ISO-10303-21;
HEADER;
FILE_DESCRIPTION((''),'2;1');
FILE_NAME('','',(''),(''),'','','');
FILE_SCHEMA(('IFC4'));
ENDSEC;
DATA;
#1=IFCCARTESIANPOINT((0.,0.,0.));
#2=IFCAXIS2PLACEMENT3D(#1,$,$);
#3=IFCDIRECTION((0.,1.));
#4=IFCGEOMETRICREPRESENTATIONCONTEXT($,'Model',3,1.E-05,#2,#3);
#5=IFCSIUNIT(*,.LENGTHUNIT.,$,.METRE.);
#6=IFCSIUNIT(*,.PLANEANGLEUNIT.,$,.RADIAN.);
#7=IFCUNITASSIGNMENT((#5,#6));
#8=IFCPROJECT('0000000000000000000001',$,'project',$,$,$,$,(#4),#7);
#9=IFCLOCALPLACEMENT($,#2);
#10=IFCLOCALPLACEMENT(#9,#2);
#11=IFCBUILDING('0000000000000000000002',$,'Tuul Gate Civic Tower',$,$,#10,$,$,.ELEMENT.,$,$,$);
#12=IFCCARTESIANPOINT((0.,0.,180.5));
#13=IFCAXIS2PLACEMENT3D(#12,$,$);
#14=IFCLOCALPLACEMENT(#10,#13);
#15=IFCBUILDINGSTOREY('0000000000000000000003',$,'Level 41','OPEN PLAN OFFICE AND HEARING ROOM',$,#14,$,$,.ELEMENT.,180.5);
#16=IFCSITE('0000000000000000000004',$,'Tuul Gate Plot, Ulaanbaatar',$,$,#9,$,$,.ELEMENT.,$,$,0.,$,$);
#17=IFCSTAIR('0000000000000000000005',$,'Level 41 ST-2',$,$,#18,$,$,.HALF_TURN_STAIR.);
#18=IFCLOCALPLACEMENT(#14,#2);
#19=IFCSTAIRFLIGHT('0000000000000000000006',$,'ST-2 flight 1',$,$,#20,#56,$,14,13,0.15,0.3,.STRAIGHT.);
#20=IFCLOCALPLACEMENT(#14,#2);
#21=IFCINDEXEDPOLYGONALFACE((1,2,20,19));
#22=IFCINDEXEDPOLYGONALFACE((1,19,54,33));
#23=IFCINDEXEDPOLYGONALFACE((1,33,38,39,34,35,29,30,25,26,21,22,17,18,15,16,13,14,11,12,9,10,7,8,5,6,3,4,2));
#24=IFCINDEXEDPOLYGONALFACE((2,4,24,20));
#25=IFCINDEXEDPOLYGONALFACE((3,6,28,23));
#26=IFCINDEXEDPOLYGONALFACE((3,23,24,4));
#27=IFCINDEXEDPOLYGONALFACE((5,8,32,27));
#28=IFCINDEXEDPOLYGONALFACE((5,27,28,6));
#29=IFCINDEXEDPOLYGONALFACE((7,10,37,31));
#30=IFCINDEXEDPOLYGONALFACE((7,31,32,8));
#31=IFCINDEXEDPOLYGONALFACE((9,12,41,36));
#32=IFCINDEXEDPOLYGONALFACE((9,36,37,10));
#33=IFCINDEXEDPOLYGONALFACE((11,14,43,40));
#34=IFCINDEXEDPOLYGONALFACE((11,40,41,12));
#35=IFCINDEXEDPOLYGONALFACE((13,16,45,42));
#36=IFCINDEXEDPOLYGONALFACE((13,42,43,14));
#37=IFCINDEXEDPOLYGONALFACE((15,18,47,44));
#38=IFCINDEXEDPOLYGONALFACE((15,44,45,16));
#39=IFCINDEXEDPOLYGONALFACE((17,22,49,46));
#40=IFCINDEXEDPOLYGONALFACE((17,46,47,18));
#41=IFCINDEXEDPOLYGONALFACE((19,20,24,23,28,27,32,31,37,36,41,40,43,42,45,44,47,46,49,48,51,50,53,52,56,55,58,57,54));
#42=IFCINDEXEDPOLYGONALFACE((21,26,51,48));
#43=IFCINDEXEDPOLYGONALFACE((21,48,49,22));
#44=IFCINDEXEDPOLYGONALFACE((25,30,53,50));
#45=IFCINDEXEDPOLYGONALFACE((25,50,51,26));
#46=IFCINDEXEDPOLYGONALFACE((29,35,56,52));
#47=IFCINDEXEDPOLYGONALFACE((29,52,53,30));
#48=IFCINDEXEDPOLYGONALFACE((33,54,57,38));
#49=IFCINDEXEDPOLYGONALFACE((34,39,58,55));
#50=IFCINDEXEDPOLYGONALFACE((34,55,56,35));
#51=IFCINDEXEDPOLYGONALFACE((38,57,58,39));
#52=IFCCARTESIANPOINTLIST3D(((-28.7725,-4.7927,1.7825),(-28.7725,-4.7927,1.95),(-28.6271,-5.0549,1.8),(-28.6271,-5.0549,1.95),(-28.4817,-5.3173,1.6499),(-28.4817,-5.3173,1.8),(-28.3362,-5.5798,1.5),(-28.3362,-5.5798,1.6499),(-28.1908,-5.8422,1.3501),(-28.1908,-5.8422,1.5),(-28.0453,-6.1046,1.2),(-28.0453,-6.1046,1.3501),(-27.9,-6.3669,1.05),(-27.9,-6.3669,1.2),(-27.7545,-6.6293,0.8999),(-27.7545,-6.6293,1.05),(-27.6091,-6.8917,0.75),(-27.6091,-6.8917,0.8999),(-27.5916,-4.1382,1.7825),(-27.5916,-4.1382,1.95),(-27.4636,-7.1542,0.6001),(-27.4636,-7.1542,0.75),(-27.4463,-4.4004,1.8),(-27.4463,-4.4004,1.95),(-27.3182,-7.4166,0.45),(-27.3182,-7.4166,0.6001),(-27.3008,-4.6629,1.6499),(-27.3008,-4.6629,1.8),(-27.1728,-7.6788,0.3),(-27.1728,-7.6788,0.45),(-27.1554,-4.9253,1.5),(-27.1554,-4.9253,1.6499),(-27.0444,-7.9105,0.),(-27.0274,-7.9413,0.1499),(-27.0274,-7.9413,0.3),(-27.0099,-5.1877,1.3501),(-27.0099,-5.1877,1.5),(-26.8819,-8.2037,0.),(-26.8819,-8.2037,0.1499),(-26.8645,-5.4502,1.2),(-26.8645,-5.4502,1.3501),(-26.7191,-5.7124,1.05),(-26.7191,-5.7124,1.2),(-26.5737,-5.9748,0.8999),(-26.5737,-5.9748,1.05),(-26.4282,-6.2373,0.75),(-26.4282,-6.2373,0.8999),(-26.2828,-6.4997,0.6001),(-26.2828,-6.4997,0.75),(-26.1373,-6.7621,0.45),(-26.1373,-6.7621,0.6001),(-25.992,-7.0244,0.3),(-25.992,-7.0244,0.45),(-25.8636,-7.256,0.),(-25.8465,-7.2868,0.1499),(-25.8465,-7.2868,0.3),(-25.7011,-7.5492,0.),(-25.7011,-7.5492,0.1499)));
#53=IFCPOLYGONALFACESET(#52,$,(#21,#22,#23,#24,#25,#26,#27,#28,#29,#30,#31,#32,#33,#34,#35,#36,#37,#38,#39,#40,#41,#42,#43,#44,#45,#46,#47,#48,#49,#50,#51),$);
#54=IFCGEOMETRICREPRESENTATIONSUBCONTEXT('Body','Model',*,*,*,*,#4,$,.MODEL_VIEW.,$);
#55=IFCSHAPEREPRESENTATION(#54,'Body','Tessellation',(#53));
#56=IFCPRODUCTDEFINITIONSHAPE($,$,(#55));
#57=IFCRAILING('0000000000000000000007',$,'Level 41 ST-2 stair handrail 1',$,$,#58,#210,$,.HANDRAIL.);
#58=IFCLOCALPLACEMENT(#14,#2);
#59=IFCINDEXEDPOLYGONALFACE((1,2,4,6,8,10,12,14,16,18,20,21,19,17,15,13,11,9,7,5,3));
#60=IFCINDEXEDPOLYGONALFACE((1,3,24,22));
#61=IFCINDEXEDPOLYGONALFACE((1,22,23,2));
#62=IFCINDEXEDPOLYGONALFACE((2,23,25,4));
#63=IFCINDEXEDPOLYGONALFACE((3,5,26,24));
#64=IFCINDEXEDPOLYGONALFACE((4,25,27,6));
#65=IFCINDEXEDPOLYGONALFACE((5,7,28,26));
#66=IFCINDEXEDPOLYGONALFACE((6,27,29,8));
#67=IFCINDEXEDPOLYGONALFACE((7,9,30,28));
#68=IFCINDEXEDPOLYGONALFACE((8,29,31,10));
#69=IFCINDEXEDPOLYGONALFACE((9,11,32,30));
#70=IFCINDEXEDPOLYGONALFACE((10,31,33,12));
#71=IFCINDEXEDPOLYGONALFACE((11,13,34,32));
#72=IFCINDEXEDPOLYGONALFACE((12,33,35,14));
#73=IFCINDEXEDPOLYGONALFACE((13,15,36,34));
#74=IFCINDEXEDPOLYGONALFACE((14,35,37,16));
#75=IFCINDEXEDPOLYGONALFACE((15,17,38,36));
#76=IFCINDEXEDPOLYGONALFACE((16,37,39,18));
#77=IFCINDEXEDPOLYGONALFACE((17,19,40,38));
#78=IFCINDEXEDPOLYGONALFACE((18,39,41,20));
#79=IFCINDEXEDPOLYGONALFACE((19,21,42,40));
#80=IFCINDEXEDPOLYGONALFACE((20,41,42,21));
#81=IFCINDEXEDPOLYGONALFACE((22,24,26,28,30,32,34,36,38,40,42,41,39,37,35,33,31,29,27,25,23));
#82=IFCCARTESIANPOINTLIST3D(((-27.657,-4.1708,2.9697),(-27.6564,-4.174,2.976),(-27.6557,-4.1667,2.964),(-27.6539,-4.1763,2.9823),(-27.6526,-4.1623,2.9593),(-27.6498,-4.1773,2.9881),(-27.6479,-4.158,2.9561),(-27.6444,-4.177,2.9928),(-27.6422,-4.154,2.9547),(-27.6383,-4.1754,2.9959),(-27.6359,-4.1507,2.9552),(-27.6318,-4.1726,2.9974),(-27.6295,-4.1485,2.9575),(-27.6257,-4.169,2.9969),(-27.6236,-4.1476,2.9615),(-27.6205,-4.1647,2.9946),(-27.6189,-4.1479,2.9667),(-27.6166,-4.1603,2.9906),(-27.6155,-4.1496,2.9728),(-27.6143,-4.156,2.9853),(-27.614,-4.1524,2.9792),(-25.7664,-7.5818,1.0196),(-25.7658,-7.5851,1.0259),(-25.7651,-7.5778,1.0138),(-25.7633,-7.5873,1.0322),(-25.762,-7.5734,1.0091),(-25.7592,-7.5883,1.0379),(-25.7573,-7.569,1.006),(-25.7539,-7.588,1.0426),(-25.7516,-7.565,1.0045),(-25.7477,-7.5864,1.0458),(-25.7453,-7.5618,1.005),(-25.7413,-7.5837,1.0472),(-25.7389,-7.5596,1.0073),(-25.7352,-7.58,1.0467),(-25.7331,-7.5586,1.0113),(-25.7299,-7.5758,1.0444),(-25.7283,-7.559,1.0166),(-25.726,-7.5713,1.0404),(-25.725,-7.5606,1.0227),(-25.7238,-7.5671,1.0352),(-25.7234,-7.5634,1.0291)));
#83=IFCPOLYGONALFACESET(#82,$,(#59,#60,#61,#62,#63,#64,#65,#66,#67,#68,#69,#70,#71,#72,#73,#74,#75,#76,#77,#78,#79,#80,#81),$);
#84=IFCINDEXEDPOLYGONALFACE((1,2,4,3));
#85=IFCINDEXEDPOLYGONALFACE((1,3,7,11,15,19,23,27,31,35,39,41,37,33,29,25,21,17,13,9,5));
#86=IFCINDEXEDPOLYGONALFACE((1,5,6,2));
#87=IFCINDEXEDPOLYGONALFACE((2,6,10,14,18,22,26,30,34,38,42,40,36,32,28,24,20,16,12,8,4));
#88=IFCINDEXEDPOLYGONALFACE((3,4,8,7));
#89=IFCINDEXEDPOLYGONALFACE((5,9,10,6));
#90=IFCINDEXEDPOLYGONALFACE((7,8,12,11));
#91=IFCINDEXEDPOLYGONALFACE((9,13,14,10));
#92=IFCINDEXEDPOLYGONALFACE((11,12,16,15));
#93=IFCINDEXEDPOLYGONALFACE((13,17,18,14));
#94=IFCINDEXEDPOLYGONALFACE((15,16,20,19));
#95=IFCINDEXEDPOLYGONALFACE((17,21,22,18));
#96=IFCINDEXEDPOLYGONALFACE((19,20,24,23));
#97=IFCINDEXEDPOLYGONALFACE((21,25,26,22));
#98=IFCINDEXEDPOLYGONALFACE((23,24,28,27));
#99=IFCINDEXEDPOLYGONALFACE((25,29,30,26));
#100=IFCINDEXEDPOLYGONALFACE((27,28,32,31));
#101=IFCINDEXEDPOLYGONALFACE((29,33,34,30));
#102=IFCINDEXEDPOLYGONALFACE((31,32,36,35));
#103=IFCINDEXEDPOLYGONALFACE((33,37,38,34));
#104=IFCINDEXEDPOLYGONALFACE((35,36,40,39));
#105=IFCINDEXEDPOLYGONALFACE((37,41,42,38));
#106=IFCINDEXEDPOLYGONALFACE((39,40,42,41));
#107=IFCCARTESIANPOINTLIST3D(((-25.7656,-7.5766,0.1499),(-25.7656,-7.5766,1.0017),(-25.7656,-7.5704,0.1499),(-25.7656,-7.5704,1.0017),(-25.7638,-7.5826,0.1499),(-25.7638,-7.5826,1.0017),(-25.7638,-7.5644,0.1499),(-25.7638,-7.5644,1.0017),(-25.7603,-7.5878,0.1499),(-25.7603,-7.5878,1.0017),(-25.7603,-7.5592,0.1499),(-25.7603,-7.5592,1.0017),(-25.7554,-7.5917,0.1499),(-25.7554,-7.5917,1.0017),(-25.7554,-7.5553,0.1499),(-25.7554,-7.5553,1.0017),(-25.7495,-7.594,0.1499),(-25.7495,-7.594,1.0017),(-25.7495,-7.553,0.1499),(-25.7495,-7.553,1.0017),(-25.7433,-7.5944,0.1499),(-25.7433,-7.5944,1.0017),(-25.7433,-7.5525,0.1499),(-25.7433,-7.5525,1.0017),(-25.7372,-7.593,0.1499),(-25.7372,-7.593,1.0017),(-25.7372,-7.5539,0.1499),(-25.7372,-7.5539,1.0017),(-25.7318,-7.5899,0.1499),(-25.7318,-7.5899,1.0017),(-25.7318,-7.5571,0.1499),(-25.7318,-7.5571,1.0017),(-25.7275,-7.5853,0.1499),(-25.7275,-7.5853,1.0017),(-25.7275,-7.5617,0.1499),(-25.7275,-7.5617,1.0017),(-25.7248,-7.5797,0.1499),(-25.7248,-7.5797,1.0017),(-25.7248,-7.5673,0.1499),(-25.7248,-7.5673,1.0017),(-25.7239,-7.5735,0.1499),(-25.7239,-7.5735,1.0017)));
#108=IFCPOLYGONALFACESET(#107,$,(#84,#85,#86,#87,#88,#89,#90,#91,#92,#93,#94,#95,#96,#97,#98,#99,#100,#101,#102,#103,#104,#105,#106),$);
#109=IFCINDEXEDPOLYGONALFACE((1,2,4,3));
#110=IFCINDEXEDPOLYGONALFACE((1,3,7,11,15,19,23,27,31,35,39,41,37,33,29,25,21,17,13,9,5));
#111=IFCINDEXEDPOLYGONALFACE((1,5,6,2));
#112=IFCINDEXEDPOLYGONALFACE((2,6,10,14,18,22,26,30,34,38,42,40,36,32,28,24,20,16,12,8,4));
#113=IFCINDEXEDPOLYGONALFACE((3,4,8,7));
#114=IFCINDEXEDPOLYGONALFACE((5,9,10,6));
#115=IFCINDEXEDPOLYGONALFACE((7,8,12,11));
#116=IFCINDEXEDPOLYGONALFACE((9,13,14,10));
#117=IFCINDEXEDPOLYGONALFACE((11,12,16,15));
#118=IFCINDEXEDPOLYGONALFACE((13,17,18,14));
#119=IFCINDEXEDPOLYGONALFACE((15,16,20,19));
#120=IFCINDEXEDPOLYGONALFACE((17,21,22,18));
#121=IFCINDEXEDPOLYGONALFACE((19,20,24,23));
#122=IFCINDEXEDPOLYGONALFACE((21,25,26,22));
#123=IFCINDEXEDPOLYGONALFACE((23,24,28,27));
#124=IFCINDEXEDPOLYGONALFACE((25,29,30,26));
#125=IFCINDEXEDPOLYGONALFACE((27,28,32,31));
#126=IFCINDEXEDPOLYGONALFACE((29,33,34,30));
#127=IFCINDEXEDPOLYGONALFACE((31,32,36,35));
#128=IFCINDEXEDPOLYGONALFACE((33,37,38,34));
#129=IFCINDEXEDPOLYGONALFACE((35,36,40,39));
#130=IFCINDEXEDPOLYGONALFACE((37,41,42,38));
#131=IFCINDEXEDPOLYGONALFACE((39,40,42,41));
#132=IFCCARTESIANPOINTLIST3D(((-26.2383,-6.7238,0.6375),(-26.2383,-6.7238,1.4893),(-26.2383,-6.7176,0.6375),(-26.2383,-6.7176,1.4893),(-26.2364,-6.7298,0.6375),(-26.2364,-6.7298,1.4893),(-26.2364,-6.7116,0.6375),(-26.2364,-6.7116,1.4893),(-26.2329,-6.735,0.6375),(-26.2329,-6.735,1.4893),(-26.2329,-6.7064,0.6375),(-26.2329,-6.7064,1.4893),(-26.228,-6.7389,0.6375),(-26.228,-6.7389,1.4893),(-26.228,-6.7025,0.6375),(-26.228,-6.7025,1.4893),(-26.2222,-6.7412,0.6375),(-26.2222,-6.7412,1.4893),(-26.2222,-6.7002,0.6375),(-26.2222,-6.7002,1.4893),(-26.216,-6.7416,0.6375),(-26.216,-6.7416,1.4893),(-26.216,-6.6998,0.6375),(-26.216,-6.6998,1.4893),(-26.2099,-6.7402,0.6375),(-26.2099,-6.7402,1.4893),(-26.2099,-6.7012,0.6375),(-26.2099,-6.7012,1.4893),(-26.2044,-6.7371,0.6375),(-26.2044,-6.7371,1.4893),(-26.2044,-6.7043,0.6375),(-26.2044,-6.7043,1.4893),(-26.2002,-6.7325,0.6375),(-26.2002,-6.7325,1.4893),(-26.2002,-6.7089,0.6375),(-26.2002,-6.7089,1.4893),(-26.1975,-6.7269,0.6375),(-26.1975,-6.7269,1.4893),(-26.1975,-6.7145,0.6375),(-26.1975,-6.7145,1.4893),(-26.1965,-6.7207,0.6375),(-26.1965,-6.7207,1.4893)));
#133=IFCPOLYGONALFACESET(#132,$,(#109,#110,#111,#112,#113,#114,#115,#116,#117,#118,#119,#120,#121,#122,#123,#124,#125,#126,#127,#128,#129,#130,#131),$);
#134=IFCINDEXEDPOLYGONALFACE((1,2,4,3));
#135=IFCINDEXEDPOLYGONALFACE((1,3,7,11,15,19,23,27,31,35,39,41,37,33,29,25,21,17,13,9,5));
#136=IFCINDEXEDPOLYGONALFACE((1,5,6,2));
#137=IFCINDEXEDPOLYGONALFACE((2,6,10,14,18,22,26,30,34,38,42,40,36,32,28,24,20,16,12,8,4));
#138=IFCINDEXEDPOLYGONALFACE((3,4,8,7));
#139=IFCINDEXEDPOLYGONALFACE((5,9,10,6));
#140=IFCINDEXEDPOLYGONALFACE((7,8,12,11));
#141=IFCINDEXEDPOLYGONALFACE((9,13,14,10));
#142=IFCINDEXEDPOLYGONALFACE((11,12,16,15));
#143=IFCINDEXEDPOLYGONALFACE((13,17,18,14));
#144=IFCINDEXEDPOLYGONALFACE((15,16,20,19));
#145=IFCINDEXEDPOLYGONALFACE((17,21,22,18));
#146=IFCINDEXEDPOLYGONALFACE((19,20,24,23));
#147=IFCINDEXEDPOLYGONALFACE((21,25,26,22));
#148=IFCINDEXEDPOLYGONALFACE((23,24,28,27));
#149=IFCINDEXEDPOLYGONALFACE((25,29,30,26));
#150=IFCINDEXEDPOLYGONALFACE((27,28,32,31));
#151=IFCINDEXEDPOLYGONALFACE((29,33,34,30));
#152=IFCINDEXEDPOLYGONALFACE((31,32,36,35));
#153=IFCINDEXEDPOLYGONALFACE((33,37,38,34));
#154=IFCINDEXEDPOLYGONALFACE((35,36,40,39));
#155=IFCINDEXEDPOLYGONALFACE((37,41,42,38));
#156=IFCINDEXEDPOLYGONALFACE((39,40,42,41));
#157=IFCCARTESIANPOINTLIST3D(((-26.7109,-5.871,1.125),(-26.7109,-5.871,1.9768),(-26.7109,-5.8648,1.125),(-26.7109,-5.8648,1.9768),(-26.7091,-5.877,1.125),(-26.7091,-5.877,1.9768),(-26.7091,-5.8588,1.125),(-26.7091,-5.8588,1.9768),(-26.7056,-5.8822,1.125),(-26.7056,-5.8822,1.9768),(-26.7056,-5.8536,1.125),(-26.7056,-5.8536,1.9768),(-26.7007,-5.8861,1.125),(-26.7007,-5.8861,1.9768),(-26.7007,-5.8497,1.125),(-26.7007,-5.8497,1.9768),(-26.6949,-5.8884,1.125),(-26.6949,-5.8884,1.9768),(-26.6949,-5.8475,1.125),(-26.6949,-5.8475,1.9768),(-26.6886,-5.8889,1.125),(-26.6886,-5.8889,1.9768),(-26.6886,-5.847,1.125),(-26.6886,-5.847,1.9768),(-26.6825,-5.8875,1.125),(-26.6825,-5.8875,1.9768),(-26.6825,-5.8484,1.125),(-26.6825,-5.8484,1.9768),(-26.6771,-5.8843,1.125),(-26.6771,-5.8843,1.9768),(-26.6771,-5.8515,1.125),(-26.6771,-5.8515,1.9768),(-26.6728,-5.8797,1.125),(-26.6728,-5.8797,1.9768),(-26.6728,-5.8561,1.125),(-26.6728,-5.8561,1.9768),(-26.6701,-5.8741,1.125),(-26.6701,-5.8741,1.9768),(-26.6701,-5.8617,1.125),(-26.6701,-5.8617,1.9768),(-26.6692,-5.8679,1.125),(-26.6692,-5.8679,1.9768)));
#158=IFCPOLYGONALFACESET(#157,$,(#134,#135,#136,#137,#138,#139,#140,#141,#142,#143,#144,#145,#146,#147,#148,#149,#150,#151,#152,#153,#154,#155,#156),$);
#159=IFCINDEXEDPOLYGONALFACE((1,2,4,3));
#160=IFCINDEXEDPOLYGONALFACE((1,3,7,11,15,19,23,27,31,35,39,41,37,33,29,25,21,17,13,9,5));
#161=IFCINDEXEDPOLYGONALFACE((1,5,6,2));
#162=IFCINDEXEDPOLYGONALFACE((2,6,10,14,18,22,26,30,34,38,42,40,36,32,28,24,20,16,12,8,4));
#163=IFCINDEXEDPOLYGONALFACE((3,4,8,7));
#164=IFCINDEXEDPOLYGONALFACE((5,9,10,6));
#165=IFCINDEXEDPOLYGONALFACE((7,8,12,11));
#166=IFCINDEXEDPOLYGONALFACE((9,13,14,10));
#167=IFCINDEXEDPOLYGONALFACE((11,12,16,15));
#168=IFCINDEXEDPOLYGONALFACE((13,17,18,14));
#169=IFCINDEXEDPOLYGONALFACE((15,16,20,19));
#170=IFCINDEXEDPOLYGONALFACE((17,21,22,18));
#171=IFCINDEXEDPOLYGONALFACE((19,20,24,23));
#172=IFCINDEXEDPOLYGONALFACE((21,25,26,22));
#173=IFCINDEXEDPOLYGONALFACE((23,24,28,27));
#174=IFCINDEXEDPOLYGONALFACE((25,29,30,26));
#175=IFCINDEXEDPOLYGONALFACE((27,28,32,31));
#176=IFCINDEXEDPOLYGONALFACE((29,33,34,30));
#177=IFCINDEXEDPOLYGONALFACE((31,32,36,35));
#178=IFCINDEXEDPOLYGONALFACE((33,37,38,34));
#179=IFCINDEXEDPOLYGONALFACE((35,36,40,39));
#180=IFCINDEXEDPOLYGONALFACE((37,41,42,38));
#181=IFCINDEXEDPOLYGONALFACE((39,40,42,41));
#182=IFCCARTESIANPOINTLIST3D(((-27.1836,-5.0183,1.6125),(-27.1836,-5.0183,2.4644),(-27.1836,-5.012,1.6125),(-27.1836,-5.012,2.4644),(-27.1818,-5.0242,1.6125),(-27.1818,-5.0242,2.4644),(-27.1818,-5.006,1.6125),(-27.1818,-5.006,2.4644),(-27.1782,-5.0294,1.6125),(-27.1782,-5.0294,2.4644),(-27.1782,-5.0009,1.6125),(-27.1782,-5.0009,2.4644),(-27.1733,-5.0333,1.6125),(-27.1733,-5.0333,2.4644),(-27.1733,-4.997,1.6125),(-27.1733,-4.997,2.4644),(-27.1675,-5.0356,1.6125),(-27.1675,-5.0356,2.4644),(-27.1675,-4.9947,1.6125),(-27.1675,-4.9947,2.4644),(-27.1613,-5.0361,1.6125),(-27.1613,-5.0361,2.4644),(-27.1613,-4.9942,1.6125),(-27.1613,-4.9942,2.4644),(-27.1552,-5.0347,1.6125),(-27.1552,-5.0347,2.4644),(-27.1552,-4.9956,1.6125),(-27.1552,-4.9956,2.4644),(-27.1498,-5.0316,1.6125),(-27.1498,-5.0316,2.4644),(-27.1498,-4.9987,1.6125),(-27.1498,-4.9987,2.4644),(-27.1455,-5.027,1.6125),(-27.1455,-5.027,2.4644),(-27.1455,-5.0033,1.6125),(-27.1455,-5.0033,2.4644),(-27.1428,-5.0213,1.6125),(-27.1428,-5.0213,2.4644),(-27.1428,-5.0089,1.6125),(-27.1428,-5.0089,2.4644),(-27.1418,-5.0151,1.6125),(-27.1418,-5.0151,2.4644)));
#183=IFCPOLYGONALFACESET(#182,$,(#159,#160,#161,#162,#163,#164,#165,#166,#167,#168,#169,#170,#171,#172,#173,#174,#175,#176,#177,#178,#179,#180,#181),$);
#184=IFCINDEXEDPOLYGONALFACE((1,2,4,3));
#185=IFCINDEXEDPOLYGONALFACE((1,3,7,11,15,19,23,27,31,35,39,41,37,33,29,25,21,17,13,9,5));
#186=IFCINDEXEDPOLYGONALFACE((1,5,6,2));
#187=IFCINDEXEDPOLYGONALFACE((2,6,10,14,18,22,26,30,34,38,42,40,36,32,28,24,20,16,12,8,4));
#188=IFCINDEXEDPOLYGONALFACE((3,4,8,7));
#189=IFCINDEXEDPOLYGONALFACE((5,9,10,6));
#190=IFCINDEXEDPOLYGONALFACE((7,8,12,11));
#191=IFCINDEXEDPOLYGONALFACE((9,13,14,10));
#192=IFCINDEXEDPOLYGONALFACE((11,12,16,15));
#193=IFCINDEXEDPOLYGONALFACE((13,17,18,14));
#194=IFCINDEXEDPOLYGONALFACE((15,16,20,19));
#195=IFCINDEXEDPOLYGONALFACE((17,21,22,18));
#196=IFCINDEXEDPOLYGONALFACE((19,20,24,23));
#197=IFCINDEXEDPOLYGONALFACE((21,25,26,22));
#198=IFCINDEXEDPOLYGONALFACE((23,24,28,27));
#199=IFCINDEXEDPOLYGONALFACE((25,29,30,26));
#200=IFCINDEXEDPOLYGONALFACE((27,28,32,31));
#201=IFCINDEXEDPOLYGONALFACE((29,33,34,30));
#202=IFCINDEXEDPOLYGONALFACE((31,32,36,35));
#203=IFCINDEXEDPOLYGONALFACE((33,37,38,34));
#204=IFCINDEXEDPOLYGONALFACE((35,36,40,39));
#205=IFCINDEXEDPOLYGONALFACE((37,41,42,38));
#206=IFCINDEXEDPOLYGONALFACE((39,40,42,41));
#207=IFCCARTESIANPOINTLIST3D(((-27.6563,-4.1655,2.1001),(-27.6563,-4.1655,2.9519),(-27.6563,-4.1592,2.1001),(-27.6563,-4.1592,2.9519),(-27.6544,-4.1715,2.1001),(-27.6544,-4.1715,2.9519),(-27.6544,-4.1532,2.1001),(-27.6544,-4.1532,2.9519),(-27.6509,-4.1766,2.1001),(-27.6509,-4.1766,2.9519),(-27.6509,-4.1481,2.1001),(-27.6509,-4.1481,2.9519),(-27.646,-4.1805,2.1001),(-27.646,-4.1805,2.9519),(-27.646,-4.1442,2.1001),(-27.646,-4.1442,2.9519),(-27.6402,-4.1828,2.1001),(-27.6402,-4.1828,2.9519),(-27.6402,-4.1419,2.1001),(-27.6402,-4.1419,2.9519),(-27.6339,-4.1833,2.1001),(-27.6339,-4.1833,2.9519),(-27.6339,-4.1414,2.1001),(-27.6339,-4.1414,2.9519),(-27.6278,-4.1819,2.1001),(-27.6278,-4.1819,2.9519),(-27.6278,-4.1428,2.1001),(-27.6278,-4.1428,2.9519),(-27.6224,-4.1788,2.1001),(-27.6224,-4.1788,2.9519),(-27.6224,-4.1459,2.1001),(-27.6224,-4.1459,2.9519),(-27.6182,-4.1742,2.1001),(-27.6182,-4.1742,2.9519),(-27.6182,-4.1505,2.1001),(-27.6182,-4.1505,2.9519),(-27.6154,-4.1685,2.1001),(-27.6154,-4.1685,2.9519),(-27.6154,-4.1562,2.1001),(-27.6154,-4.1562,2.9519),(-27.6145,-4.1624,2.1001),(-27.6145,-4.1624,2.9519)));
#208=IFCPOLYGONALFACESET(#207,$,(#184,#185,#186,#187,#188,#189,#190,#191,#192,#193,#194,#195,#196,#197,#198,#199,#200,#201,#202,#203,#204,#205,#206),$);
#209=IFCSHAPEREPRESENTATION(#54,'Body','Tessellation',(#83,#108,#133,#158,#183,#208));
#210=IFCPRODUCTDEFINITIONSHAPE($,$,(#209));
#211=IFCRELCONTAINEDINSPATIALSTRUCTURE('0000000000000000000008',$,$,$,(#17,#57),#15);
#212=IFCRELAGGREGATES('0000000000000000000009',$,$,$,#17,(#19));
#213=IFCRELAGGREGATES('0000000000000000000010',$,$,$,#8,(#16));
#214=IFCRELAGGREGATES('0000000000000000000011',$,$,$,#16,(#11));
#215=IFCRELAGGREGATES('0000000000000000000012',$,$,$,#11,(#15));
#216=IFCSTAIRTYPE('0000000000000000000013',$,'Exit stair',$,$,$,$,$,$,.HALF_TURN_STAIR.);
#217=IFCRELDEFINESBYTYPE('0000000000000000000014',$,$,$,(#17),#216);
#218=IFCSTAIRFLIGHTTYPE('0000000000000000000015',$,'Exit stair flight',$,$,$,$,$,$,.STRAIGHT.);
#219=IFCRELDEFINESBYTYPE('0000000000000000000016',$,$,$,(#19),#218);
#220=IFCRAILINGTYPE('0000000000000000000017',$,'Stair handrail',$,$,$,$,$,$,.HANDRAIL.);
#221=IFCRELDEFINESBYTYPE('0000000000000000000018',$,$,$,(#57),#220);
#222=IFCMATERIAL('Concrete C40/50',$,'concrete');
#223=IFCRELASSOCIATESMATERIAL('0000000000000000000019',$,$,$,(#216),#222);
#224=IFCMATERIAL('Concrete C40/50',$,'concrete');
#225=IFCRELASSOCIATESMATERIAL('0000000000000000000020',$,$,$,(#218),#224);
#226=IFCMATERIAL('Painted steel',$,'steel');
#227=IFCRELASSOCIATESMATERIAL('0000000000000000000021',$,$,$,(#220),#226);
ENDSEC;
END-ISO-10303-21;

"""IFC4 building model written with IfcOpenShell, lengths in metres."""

from ifc_helpers import new_model, si_unit, direction, frame, origin, origin_2d, place, context, subcontext, project, spatial, polyline, circle, outline, extrude, material, type_object, element, aggregate, save


model = new_model("IFC4")

# Units and contexts
model_context = context("Model", 3, precision=1e-05, world=origin(), true_north=direction((0.0, 1.0)))
body_context = subcontext(model_context, "Body", "Model", "MODEL_VIEW")
ifc_project = project(units=[si_unit("LENGTHUNIT", "METRE"), si_unit("PLANEANGLEUNIT", "RADIAN")], contexts=[model_context])

# Site, building, storey
site_placement = place(None, origin())
site = spatial("IfcSite", under=ifc_project, at=site_placement, Name="Tuul Gate Plot, Ulaanbaatar", CompositionType="ELEMENT", RefElevation=0.0)
building_placement = place(site_placement, origin())
building = spatial("IfcBuilding", under=site, at=building_placement, Name="Tuul Gate Civic Tower", CompositionType="ELEMENT")
storey_placement = place(building_placement, frame((0.0, 0.0, 180.5)))
storey = spatial("IfcBuildingStorey", under=building, at=storey_placement, Name="Level 41", Description="OPEN PLAN OFFICE AND HEARING ROOM", CompositionType="ELEMENT", Elevation=180.5)

# Stair, stair flight
ifc_material_1 = material(Name="Concrete C40/50", Category="concrete")
stair_type = type_object("IfcStairType", Name="Exit stair", PredefinedType="HALF_TURN_STAIR", material=ifc_material_1)
stair_placement = place(storey_placement, origin())
stair = element("IfcStair", 1, at=stair_placement, inside=storey, type_object=stair_type, Name="Level 41 ST-2", PredefinedType="HALF_TURN_STAIR")
ifc_material_2 = material(Name="Concrete C40/50", Category="concrete")
stair_flight_type = type_object("IfcStairFlightType", Name="Exit stair flight", PredefinedType="STRAIGHT", material=ifc_material_2)
stair_flight_placement = place(storey_placement, frame((-26.2915, -7.8765, 0.0), z_axis=(0.0, 0.0, 1.0), x_axis=(-0.484762, 0.874646, 0.0)))
stair_flight = element("IfcStairFlight", 2, at=stair_flight_placement, type_object=stair_flight_type, Name="ST-2 flight 1", NumberOfRisers=14, NumberOfTreads=13, PredefinedType="STRAIGHT", RiserHeight=0.15, TreadLength=0.3, context=body_context, shape_type="SweptSolid", body=[
    extrude(outline(polyline([(0.0, 0.0), (0.0, 0.1499), (0.3, 0.1499), (0.3, 0.3), (0.6001, 0.3), (0.6001, 0.45), (0.8999, 0.45), (0.8999, 0.6001), (1.2, 0.6001), (1.2, 0.75), (1.5, 0.75), (1.5, 0.8999), (1.8, 0.8999), (1.8, 1.05), (2.1001, 1.05), (2.1001, 1.2), (2.3999, 1.2), (2.3999, 1.3501), (2.7, 1.3501), (2.7, 1.5), (3.0, 1.5), (3.0, 1.6499), (3.3, 1.6499), (3.3, 1.8), (3.6001, 1.8), (3.6001, 1.95), (3.8999, 1.95), (3.8999, 2.1001), (3.8999, 1.7825), (0.3352, 0.0), (0.0, 0.0)])), frame((0.0, 0.675, 0.0), z_axis=(0.0, -1.0, 0.0), x_axis=(1.0, 0.0, 0.0)), (0.0, 0.0, 1.0), 1.3501),
])
aggregate(stair, [stair_flight])

# Railing
ifc_material_3 = material(Name="Painted steel", Category="steel")
railing_type_1 = type_object("IfcRailingType", Name="Stair handrail", PredefinedType="HANDRAIL", material=ifc_material_3)
railing_1_placement = place(storey_placement, frame((-25.7449, -7.5735, 0.1499)))
element("IfcRailing", 3, at=railing_1_placement, inside=storey, type_object=railing_type_1, Name="Level 41 ST-2 stair handrail 1", PredefinedType="HANDRAIL", context=body_context, shape_type="SweptSolid", body=[
    extrude(circle(Radius=0.0239, at=origin_2d()), frame((0.0, 0.0, 0.876), z_axis=(-0.433585, 0.782289, 0.447246), x_axis=(-0.874641, -0.484771, 0.0)), (0.0, 0.0, 1.0), 4.3604),
    extrude(circle(Radius=0.021, at=origin_2d()), origin(), (0.0, 0.0, 1.0), 0.8518),
    extrude(circle(Radius=0.021, at=origin_2d()), frame((-0.4727, 0.8528, 0.4875)), (0.0, 0.0, 1.0), 0.8518),
    extrude(circle(Radius=0.021, at=origin_2d()), frame((-0.9453, 1.7056, 0.9751)), (0.0, 0.0, 1.0), 0.8518),
    extrude(circle(Radius=0.021, at=origin_2d()), frame((-1.418, 2.5583, 1.4626)), (0.0, 0.0, 1.0), 0.8518),
    extrude(circle(Radius=0.021, at=origin_2d()), frame((-1.8906, 3.4111, 1.9502)), (0.0, 0.0, 1.0), 0.8518),
])

save(model, "model.ifc")
